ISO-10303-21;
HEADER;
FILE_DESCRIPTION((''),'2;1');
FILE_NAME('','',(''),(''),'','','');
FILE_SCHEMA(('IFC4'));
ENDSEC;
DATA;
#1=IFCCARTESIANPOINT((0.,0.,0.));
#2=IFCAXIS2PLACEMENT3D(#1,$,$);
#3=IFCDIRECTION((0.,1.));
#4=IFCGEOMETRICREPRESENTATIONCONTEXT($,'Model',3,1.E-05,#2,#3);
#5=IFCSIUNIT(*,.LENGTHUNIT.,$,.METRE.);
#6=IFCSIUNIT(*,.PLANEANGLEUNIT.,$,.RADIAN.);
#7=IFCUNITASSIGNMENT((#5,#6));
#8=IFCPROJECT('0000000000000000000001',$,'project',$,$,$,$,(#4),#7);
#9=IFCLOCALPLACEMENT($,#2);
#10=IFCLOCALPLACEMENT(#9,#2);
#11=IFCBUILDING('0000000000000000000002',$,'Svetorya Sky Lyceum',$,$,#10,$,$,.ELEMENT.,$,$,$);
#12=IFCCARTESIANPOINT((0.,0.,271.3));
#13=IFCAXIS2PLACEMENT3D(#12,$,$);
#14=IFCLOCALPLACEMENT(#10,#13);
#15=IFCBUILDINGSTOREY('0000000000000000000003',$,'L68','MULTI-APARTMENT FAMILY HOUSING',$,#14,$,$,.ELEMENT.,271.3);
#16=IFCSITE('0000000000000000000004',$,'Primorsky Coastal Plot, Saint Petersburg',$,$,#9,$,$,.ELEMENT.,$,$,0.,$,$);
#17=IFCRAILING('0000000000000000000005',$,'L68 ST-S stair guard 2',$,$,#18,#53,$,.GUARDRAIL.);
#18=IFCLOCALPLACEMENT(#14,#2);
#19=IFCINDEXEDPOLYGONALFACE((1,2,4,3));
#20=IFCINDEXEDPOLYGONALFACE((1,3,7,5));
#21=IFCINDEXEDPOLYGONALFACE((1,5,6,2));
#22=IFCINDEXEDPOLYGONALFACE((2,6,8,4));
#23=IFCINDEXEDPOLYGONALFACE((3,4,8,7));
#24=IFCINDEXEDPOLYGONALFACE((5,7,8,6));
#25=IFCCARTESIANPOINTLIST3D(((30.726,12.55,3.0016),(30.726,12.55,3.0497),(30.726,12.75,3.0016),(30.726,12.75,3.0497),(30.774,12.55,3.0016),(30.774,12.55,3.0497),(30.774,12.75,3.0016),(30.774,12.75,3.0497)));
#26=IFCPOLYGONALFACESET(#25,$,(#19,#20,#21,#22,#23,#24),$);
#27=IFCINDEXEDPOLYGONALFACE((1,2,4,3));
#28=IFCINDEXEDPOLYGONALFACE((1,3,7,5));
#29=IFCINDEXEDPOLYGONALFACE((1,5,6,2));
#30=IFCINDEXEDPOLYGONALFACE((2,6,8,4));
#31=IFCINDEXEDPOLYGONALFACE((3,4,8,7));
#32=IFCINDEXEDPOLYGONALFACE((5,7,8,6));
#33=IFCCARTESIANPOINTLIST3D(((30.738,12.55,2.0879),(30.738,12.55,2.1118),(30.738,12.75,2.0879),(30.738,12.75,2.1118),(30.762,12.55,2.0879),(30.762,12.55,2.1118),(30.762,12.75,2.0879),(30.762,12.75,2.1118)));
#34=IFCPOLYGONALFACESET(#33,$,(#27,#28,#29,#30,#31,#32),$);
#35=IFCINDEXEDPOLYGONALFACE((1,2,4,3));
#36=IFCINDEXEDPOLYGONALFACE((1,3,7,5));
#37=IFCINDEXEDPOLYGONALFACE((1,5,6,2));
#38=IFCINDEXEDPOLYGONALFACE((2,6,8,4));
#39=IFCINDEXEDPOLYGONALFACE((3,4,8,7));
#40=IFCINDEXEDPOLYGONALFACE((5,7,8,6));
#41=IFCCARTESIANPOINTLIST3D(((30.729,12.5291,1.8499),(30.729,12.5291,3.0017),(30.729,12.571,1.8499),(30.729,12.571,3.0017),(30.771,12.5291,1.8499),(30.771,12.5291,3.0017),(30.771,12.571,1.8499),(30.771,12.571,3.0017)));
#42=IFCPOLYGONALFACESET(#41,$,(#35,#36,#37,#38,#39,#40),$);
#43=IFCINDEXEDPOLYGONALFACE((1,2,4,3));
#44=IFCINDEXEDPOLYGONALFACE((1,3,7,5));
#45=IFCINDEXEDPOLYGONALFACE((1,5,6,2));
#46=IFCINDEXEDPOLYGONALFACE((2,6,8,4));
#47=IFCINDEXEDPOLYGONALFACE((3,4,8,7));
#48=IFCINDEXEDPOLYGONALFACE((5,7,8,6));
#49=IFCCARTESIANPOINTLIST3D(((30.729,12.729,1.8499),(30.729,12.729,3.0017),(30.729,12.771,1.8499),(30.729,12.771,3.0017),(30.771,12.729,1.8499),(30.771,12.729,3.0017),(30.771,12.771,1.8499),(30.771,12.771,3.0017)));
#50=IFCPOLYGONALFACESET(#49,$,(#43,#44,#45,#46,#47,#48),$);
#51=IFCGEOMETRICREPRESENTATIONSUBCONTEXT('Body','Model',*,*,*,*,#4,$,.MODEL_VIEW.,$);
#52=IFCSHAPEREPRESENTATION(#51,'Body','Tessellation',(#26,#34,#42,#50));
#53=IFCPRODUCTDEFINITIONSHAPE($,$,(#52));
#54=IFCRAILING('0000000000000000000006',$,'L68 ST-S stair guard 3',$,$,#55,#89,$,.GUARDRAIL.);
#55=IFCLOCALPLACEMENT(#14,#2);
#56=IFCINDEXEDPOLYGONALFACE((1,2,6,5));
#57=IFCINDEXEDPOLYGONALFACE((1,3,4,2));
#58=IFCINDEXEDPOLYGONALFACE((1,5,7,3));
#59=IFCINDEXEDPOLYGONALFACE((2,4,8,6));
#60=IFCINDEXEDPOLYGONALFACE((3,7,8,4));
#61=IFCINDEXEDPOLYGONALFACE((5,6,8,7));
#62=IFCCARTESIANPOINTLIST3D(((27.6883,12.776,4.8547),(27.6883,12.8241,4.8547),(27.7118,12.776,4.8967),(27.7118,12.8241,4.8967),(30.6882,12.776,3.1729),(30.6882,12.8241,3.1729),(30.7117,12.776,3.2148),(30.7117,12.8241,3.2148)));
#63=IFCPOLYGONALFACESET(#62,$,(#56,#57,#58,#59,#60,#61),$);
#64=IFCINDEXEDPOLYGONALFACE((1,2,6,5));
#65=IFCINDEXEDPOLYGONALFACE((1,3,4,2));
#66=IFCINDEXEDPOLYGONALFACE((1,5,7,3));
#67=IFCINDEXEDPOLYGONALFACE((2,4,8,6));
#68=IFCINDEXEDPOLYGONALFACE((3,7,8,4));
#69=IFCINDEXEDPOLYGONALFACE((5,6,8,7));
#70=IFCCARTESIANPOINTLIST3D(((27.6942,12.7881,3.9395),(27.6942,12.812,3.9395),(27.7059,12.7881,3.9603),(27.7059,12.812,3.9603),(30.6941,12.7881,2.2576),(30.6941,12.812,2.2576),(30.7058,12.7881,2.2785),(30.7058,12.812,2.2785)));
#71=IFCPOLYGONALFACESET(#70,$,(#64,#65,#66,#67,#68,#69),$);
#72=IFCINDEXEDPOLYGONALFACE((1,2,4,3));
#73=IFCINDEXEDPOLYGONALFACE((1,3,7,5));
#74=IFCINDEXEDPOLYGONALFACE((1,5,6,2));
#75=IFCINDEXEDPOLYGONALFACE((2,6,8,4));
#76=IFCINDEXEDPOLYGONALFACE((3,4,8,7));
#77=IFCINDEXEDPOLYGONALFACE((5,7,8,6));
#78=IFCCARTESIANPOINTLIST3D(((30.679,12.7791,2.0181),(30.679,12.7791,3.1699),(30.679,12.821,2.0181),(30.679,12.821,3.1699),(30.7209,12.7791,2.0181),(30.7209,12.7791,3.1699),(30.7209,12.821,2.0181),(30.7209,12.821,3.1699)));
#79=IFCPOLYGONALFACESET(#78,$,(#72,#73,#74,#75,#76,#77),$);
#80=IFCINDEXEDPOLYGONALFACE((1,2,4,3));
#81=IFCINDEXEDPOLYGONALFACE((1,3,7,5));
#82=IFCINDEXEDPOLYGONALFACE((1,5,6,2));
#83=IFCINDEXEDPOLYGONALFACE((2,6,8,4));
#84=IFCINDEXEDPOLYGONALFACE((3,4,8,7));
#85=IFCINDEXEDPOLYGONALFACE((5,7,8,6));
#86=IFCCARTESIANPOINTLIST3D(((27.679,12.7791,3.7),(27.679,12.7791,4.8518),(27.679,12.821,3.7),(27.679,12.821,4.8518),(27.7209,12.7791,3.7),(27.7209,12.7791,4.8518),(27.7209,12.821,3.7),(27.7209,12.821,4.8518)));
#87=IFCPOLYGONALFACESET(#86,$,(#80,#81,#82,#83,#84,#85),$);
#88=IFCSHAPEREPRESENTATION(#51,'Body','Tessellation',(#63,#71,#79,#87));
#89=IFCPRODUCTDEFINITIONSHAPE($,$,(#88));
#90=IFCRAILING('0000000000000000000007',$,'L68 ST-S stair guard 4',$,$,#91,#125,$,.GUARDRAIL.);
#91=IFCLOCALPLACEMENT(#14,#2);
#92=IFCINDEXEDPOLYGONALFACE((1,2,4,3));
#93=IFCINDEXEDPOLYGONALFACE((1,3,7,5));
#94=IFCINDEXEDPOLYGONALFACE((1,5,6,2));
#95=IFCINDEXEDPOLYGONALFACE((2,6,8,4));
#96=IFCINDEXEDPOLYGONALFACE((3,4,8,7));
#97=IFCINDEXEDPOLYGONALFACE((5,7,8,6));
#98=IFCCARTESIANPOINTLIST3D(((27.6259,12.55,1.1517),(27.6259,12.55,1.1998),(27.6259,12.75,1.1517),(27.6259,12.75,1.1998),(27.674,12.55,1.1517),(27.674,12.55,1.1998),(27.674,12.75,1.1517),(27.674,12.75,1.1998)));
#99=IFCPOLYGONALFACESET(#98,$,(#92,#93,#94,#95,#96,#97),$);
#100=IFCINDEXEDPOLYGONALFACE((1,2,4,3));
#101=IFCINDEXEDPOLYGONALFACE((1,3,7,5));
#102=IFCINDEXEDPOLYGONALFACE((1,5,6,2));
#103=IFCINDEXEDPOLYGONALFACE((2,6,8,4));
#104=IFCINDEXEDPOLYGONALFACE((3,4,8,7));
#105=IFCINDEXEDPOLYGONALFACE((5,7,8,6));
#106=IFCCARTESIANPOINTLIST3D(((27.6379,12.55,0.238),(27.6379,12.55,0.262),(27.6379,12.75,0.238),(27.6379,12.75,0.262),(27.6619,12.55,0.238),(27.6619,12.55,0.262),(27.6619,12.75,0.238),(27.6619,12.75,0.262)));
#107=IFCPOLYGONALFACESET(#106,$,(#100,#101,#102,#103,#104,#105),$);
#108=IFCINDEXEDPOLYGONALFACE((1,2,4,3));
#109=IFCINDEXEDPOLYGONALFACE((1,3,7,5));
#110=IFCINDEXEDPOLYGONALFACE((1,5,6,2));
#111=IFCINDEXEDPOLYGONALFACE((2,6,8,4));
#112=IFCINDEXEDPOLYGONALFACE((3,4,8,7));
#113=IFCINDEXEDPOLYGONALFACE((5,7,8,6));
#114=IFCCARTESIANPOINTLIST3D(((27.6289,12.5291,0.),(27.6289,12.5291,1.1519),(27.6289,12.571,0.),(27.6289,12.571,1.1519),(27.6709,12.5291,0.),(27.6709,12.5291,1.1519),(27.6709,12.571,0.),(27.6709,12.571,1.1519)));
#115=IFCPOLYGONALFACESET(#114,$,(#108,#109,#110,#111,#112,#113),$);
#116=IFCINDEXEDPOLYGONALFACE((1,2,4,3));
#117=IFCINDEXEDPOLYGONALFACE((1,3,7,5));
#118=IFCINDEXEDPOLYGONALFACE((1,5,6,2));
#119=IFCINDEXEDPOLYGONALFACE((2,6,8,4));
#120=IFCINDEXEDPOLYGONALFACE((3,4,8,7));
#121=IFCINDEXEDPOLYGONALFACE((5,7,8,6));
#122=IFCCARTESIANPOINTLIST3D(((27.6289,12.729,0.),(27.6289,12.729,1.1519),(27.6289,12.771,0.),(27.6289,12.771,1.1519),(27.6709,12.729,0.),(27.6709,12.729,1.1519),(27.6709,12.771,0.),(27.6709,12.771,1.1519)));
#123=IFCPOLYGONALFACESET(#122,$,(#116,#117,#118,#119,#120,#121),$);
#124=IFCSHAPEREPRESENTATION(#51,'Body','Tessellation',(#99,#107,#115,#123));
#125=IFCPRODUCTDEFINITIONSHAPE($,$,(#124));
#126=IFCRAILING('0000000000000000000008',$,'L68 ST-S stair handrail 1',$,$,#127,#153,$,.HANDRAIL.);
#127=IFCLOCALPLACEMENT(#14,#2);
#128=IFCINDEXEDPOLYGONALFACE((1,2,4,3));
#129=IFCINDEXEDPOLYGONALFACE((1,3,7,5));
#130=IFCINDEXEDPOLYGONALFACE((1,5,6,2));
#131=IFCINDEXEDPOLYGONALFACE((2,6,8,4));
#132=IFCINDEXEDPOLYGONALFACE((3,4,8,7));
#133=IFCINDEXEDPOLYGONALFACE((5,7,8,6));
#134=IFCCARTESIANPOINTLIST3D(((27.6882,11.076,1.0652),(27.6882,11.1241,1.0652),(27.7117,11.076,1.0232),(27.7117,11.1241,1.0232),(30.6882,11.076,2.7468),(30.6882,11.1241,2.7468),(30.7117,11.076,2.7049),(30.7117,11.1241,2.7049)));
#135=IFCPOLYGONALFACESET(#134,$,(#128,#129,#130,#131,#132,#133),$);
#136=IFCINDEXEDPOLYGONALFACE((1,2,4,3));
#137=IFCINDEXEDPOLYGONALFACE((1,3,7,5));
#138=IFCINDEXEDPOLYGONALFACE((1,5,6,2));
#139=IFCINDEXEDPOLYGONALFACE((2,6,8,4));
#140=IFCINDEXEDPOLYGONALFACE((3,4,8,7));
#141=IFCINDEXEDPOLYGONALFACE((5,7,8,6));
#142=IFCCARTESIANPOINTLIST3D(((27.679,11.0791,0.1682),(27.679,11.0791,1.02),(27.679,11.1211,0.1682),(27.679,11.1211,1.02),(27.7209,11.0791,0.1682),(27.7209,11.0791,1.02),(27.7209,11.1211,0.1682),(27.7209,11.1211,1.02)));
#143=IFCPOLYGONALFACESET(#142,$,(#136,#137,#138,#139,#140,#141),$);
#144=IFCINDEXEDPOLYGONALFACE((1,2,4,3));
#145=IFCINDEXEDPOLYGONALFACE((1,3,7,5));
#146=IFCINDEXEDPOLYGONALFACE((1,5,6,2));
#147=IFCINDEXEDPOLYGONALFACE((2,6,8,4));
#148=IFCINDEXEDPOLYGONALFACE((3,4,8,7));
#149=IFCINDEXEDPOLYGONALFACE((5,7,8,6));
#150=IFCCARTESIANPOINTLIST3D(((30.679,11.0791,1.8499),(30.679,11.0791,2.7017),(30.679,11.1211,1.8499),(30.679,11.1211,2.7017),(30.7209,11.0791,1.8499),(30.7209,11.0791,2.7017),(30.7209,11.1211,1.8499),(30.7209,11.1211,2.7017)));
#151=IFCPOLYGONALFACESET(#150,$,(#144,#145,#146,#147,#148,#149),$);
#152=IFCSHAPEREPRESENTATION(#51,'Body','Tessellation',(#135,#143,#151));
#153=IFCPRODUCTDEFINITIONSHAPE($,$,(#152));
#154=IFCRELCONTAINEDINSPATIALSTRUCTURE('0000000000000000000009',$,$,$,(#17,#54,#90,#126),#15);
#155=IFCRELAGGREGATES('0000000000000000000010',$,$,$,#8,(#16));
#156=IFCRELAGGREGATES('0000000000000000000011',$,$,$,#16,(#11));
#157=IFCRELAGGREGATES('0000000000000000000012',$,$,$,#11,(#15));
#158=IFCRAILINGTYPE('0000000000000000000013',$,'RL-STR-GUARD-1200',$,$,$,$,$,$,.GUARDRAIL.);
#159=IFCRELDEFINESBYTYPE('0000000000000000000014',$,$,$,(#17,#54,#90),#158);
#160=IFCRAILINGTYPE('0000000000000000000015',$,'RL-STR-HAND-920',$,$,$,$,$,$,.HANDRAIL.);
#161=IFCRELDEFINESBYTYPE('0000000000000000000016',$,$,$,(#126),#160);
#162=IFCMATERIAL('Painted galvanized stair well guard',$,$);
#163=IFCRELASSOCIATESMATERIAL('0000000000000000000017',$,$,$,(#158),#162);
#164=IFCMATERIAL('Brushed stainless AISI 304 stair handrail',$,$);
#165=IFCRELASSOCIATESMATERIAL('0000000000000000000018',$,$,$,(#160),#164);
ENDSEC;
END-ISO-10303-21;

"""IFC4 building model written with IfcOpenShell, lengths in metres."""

from ifc_helpers import new_model, si_unit, direction, frame, origin, origin_2d, place, context, subcontext, project, spatial, rectangle, extrude, material, type_object, element, save


model = new_model("IFC4")

# Units and contexts
model_context = context("Model", 3, precision=1e-05, world=origin(), true_north=direction((0.0, 1.0)))
body_context = subcontext(model_context, "Body", "Model", "MODEL_VIEW")
ifc_project = project(units=[si_unit("LENGTHUNIT", "METRE"), si_unit("PLANEANGLEUNIT", "RADIAN")], contexts=[model_context])

# Site, building, storey
site_placement = place(None, origin())
site = spatial("IfcSite", under=ifc_project, at=site_placement, Name="Primorsky Coastal Plot, Saint Petersburg", CompositionType="ELEMENT", RefElevation=0.0)
building_placement = place(site_placement, origin())
building = spatial("IfcBuilding", under=site, at=building_placement, Name="Svetorya Sky Lyceum", CompositionType="ELEMENT")
storey_placement = place(building_placement, frame((0.0, 0.0, 271.3)))
storey = spatial("IfcBuildingStorey", under=building, at=storey_placement, Name="L68", Description="MULTI-APARTMENT FAMILY HOUSING", CompositionType="ELEMENT", Elevation=271.3)

# Railings
ifc_material_1 = material(Name="Painted galvanized stair well guard")
railing_type_1 = type_object("IfcRailingType", Name="RL-STR-GUARD-1200", PredefinedType="GUARDRAIL", material=ifc_material_1)
railing_1_placement = place(storey_placement, frame((30.75, 12.55, 1.8499)))
element("IfcRailing", 1, at=railing_1_placement, inside=storey, type_object=railing_type_1, Name="L68 ST-S stair guard 2", PredefinedType="GUARDRAIL", context=body_context, shape_type="SweptSolid", body=[
    extrude(rectangle(XDim=0.0481, YDim=0.0481, at=origin_2d()), frame((0.0, 0.0, 1.1758), z_axis=(0.0, 1.0, 0.0), x_axis=(-1.0, 0.0, 0.0)), (0.0, 0.0, 1.0), 0.2),
    extrude(rectangle(XDim=0.0239, YDim=0.0239, at=origin_2d()), frame((0.0, 0.0, 0.25), z_axis=(0.0, 1.0, 0.0), x_axis=(-1.0, 0.0, 0.0)), (0.0, 0.0, 1.0), 0.2),
    extrude(rectangle(XDim=0.042, YDim=0.042, at=origin_2d()), origin(), (0.0, 0.0, 1.0), 1.1519),
    extrude(rectangle(XDim=0.042, YDim=0.042, at=origin_2d()), frame((0.0, 0.2, 0.0)), (0.0, 0.0, 1.0), 1.1519),
])
railing_2_placement = place(storey_placement, frame((30.7, 12.8, 2.0181)))
element("IfcRailing", 2, at=railing_2_placement, inside=storey, type_object=railing_type_1, Name="L68 ST-S stair guard 3", PredefinedType="GUARDRAIL", context=body_context, shape_type="SweptSolid", body=[
    extrude(rectangle(XDim=0.0481, YDim=0.0481, at=origin_2d()), frame((0.0, 0.0, 1.1758), z_axis=(-0.872272, 0.0, 0.48902), x_axis=(0.0, -1.0, 0.0)), (0.0, 0.0, 1.0), 3.4392),
    extrude(rectangle(XDim=0.0239, YDim=0.0239, at=origin_2d()), frame((0.0, 0.0, 0.25), z_axis=(-0.872272, 0.0, 0.48902), x_axis=(0.0, -1.0, 0.0)), (0.0, 0.0, 1.0), 3.4392),
    extrude(rectangle(XDim=0.042, YDim=0.042, at=origin_2d()), origin(), (0.0, 0.0, 1.0), 1.1519),
    extrude(rectangle(XDim=0.042, YDim=0.042, at=origin_2d()), frame((-3.0, 0.0, 1.6819)), (0.0, 0.0, 1.0), 1.1519),
])
railing_3_placement = place(storey_placement, frame((27.6499, 12.55, 0.0)))
element("IfcRailing", 3, at=railing_3_placement, inside=storey, type_object=railing_type_1, Name="L68 ST-S stair guard 4", PredefinedType="GUARDRAIL", context=body_context, shape_type="SweptSolid", body=[
    extrude(rectangle(XDim=0.0481, YDim=0.0481, at=origin_2d()), frame((0.0, 0.0, 1.1758), z_axis=(0.0, 1.0, 0.0), x_axis=(-1.0, 0.0, 0.0)), (0.0, 0.0, 1.0), 0.2),
    extrude(rectangle(XDim=0.0239, YDim=0.0239, at=origin_2d()), frame((0.0, 0.0, 0.25), z_axis=(0.0, 1.0, 0.0), x_axis=(-1.0, 0.0, 0.0)), (0.0, 0.0, 1.0), 0.2),
    extrude(rectangle(XDim=0.042, YDim=0.042, at=origin_2d()), origin(), (0.0, 0.0, 1.0), 1.1519),
    extrude(rectangle(XDim=0.042, YDim=0.042, at=origin_2d()), frame((0.0, 0.2, 0.0)), (0.0, 0.0, 1.0), 1.1519),
])
ifc_material_2 = material(Name="Brushed stainless AISI 304 stair handrail")
railing_type_2 = type_object("IfcRailingType", Name="RL-STR-HAND-920", PredefinedType="HANDRAIL", material=ifc_material_2)
railing_4_placement = place(storey_placement, frame((27.7, 11.1001, 0.1682)))
element("IfcRailing", 4, at=railing_4_placement, inside=storey, type_object=railing_type_2, Name="L68 ST-S stair handrail 1", PredefinedType="HANDRAIL", context=body_context, shape_type="SweptSolid", body=[
    extrude(rectangle(XDim=0.0481, YDim=0.0481, at=origin_2d()), frame((0.0, 0.0, 0.876), z_axis=(0.872303, 0.0, 0.488966), x_axis=(0.0, 1.0, 0.0)), (0.0, 0.0, 1.0), 3.4392),
    extrude(rectangle(XDim=0.042, YDim=0.042, at=origin_2d()), origin(), (0.0, 0.0, 1.0), 0.8518),
    extrude(rectangle(XDim=0.042, YDim=0.042, at=origin_2d()), frame((3.0, 0.0, 1.6816)), (0.0, 0.0, 1.0), 0.8518),
])

save(model, "model.ifc")
